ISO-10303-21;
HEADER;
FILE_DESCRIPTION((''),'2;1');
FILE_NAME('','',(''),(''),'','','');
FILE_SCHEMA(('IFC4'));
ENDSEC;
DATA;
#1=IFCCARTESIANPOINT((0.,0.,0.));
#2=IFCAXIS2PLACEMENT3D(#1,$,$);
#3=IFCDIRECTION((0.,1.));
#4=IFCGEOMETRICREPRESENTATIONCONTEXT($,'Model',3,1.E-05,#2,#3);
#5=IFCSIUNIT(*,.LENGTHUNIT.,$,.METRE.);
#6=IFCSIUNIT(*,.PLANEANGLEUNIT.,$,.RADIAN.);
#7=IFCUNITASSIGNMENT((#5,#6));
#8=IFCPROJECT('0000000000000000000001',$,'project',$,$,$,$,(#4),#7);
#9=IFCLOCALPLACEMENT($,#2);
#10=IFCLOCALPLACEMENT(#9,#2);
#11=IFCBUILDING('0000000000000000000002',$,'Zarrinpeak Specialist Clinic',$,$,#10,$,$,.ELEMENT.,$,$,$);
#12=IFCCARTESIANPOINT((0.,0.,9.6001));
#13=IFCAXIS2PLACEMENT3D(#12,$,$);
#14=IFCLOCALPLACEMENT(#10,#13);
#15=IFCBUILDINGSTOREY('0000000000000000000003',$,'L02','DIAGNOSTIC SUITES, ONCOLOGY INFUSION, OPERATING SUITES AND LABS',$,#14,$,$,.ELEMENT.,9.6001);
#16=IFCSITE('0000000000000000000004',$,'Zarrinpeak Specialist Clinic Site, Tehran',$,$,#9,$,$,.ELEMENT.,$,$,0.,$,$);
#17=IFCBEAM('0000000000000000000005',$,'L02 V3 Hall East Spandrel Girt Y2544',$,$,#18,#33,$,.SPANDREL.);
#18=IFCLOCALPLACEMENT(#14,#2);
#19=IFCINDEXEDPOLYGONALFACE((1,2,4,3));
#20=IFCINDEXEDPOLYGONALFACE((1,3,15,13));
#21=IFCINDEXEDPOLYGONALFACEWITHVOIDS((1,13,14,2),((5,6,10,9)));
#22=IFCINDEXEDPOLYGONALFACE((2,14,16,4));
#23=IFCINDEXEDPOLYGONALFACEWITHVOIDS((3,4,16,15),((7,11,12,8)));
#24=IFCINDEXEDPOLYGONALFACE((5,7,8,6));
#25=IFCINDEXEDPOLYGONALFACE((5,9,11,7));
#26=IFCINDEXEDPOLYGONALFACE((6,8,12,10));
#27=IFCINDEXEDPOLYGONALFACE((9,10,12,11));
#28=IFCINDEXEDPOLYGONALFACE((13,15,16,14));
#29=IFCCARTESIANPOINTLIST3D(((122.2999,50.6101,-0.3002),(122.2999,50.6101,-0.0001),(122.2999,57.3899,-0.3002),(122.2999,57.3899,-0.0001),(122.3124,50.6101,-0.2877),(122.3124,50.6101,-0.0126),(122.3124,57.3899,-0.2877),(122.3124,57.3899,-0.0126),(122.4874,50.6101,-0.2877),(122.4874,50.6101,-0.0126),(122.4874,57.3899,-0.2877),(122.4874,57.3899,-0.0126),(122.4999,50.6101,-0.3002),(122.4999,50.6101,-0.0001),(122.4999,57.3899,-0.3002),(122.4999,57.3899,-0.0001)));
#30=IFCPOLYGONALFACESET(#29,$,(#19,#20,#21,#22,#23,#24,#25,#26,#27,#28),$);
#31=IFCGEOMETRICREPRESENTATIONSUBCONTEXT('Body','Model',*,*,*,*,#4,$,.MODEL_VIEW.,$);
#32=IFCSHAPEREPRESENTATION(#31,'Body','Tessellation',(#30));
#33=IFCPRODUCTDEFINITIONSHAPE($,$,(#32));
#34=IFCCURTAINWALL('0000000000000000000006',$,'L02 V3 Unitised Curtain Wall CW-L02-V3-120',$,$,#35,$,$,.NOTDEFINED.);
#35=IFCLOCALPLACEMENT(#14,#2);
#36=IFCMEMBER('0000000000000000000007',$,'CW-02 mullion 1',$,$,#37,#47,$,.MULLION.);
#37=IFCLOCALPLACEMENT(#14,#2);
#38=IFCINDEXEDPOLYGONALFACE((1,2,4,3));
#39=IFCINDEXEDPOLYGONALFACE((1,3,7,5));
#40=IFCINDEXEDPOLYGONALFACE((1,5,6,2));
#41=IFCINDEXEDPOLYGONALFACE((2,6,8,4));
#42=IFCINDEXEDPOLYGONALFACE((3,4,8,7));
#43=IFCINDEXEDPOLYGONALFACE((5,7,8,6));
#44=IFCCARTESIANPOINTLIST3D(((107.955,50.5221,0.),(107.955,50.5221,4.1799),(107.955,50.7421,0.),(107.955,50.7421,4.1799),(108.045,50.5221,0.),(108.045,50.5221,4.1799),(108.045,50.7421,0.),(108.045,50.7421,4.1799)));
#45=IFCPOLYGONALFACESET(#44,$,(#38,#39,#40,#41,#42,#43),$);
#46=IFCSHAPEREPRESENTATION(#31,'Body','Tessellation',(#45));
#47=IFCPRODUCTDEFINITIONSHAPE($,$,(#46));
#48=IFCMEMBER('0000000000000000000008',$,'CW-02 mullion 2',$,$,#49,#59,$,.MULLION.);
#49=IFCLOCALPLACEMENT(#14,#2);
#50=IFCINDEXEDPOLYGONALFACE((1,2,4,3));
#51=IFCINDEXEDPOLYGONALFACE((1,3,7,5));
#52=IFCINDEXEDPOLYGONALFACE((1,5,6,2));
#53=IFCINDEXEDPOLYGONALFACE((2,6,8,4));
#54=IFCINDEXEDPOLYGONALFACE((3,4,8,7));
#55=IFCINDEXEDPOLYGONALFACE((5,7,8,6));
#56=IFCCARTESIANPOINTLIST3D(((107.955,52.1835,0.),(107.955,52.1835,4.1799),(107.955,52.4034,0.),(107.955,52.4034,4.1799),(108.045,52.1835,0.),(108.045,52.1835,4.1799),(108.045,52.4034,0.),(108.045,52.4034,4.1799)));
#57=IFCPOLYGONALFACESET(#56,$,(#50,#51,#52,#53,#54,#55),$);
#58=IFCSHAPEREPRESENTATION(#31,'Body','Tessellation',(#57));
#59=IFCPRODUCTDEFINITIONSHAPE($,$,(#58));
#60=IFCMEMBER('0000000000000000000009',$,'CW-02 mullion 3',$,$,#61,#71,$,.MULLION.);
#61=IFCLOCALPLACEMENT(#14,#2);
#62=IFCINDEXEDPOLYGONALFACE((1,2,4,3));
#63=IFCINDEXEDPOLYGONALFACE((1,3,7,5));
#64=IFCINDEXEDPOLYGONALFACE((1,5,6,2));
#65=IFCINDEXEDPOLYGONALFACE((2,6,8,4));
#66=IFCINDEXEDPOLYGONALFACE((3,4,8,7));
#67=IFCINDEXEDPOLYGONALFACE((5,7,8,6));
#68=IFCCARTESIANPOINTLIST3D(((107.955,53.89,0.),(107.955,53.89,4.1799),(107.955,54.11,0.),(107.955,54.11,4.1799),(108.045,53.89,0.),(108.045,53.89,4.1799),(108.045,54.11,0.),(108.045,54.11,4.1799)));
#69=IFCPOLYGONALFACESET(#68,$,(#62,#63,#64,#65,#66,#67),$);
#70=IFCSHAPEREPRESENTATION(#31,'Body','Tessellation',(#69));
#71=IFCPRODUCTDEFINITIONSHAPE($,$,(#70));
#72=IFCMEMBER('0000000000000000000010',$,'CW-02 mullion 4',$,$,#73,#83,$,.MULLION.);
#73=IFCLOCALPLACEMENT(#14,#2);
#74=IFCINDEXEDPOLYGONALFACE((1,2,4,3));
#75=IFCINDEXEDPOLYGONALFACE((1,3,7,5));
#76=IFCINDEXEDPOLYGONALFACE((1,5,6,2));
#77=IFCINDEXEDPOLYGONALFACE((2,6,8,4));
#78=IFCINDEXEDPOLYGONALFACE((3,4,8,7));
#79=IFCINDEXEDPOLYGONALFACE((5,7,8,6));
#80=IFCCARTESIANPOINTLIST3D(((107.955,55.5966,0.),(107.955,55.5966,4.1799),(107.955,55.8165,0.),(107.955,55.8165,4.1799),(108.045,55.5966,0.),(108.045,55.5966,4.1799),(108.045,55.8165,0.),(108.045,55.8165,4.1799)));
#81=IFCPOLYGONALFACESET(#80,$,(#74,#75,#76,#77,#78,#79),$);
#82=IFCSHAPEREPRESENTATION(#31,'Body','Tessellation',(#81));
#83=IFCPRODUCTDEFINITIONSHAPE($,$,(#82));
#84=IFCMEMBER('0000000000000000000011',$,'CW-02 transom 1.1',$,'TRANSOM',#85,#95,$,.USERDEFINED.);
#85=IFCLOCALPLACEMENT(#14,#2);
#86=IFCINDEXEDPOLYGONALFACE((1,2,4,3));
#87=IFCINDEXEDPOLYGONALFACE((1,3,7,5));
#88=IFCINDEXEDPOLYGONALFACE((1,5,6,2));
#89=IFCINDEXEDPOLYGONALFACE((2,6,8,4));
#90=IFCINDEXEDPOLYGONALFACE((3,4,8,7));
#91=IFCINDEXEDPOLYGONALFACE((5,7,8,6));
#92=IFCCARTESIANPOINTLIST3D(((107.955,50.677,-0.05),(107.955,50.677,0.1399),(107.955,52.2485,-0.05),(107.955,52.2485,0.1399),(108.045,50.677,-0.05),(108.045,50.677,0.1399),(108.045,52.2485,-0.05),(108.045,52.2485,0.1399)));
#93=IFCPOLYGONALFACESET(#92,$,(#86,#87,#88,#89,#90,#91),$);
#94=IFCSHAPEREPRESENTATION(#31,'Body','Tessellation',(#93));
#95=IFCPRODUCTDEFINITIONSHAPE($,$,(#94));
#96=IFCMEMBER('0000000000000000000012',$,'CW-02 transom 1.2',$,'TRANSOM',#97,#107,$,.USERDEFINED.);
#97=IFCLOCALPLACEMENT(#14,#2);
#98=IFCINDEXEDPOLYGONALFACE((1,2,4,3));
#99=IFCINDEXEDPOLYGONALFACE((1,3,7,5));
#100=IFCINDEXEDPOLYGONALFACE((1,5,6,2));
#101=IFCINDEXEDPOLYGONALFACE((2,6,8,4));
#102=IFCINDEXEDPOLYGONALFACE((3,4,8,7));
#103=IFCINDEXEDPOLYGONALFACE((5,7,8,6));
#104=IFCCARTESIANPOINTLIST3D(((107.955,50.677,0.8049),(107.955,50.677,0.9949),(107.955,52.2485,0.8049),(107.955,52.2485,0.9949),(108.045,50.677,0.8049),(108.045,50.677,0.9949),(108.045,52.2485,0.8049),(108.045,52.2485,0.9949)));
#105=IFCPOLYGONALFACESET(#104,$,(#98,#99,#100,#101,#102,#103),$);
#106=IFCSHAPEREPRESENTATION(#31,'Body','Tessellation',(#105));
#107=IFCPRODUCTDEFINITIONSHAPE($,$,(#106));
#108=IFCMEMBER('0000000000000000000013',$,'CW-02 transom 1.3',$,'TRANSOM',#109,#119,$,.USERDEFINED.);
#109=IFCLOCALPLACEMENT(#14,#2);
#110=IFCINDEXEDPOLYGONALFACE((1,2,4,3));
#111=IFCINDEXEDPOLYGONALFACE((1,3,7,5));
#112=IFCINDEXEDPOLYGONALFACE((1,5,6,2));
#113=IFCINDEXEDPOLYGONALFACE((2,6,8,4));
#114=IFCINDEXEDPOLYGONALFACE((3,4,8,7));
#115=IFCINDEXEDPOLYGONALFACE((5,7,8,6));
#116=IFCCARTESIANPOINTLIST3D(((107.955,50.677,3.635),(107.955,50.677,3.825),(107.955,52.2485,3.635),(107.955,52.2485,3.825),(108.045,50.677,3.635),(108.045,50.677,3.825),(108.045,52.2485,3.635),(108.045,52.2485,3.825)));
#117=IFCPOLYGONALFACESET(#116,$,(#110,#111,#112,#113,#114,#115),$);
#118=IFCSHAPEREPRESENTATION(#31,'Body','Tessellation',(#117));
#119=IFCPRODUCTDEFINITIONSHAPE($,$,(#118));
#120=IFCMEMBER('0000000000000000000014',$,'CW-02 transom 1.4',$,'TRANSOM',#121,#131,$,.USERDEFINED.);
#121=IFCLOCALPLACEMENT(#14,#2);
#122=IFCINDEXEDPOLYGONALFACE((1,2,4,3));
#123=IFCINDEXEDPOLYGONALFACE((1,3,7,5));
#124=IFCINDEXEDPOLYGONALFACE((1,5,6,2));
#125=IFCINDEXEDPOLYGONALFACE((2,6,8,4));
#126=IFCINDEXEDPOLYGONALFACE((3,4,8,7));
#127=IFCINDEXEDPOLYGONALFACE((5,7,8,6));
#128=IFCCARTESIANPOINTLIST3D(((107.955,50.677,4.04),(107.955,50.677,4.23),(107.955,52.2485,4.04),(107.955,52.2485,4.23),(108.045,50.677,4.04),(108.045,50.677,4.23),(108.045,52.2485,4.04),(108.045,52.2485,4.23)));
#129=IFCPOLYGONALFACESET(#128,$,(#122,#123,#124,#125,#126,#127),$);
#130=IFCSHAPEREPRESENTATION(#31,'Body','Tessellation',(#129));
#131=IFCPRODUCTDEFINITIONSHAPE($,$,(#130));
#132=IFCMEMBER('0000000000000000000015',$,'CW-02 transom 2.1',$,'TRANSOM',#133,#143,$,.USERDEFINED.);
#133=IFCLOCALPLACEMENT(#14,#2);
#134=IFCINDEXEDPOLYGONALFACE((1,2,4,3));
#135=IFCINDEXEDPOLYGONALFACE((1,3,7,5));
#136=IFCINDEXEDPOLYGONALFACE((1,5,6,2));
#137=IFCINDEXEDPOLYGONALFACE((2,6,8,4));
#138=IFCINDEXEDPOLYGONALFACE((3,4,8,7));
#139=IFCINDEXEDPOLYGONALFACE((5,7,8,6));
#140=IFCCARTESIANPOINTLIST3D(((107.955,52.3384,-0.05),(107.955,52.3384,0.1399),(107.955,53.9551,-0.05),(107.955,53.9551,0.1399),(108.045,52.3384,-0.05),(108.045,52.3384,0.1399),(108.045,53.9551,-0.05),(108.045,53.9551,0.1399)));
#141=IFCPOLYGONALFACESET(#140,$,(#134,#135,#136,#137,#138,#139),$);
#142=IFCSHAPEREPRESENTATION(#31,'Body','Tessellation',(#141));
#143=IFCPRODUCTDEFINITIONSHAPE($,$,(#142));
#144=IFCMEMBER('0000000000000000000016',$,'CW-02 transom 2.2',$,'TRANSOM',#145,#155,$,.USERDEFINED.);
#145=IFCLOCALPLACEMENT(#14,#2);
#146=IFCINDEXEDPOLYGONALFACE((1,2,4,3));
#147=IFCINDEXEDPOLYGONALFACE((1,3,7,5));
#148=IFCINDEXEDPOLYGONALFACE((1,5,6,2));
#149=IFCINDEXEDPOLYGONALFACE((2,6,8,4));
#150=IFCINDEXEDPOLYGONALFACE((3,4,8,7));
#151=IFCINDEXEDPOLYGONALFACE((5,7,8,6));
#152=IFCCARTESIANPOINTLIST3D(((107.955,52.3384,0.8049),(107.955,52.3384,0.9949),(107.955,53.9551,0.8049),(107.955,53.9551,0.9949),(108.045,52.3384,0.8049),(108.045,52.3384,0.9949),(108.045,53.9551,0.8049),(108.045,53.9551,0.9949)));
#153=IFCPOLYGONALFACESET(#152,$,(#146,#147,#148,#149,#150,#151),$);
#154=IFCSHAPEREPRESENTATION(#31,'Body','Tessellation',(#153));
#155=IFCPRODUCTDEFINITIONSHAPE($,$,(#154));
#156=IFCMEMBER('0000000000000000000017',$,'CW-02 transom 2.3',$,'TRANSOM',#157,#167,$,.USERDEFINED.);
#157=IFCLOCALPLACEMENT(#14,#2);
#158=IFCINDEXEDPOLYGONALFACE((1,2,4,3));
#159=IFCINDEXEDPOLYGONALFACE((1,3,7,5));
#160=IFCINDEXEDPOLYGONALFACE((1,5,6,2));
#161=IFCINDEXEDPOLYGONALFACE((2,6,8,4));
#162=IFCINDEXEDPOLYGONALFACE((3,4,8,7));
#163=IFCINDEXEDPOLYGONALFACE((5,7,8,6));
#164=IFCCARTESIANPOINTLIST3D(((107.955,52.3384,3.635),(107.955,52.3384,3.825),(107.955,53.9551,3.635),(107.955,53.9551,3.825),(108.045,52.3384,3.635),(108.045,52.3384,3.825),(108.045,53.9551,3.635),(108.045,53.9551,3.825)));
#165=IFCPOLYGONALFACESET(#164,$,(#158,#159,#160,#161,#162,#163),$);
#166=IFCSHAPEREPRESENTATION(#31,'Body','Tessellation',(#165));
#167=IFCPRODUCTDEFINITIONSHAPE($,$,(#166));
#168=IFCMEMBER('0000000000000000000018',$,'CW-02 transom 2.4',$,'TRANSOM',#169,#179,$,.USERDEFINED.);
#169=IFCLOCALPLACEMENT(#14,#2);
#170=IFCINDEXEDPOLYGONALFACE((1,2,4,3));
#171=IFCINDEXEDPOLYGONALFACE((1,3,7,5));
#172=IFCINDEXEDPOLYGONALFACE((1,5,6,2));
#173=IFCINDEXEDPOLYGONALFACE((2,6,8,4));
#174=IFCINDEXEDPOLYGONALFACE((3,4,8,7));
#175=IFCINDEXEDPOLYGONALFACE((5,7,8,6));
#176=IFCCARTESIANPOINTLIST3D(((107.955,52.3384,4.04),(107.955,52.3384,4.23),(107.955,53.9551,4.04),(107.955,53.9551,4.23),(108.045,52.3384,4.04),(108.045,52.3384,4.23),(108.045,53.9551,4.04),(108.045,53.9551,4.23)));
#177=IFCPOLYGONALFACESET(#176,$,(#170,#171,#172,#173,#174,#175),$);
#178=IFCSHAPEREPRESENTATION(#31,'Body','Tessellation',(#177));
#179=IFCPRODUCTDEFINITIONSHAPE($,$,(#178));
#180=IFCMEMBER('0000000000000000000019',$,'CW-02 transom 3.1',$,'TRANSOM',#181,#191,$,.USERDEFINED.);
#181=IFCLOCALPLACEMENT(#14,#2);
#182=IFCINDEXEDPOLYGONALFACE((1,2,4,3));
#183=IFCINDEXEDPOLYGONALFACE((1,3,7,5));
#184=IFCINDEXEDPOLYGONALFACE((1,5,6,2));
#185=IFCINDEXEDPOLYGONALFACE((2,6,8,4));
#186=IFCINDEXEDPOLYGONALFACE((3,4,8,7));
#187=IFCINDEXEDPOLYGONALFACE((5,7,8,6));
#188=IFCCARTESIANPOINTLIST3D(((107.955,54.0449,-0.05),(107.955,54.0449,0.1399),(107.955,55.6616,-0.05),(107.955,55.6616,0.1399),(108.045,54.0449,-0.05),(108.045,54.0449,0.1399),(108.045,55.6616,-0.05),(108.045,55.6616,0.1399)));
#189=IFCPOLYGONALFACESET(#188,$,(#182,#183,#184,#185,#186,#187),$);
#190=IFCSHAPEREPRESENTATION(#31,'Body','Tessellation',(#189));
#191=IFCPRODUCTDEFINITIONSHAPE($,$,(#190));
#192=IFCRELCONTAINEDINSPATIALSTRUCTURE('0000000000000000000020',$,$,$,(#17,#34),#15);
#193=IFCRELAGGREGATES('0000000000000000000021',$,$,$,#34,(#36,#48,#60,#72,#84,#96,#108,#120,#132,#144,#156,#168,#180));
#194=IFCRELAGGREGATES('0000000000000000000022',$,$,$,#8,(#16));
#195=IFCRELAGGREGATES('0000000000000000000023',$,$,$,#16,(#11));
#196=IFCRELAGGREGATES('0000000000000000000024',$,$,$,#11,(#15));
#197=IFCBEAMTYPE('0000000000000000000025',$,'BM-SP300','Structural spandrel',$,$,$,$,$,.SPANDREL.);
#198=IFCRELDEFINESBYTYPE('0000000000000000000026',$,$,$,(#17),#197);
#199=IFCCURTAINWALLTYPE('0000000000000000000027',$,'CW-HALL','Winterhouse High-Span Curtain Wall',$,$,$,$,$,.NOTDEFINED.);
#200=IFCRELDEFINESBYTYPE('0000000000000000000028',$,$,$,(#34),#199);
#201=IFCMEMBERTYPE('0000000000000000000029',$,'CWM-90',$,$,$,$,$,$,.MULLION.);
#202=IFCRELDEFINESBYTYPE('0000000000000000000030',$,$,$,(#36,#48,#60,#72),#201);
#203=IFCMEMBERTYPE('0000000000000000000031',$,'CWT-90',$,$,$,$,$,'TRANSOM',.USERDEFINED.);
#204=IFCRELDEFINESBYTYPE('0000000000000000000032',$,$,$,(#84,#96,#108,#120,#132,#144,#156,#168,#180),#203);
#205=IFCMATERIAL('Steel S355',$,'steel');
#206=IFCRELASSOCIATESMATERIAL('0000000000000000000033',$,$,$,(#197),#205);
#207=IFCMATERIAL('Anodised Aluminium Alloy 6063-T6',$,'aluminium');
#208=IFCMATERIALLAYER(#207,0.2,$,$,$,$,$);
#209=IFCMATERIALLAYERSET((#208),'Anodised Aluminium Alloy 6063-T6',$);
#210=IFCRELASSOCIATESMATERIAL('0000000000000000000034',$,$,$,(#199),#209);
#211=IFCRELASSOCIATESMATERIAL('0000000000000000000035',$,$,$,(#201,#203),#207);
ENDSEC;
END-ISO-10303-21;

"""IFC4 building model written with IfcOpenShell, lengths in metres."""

from ifc_helpers import new_model, si_unit, direction, frame, origin, origin_2d, place, context, subcontext, project, spatial, rectangle, hollow_rectangle, extrude, material, layer, layer_set, material_profile, profile_set, type_object, element, aggregate, save


model = new_model("IFC4")

# Units and contexts
model_context = context("Model", 3, precision=1e-05, world=origin(), true_north=direction((0.0, 1.0)))
body_context = subcontext(model_context, "Body", "Model", "MODEL_VIEW")
ifc_project = project(units=[si_unit("LENGTHUNIT", "METRE"), si_unit("PLANEANGLEUNIT", "RADIAN")], contexts=[model_context])

# Site, building, storey
site_placement = place(None, origin())
site = spatial("IfcSite", under=ifc_project, at=site_placement, Name="Zarrinpeak Specialist Clinic Site, Tehran", CompositionType="ELEMENT", RefElevation=0.0)
building_placement = place(site_placement, origin())
building = spatial("IfcBuilding", under=site, at=building_placement, Name="Zarrinpeak Specialist Clinic", CompositionType="ELEMENT")
storey_placement = place(building_placement, frame((0.0, 0.0, 9.6001)))
storey = spatial("IfcBuildingStorey", under=building, at=storey_placement, Name="L02", Description="DIAGNOSTIC SUITES, ONCOLOGY INFUSION, OPERATING SUITES AND LABS", CompositionType="ELEMENT", Elevation=9.6001)

# Beam
ifc_material_1 = material(Name="Steel S355", Category="steel")
ifc_material_profile_1 = material_profile(ifc_material_1, hollow_rectangle(XDim=0.2, YDim=0.3, WallThickness=0.0125, at=origin_2d()), Name="RHS 300x200x12.5")
ifc_profile_set_1 = profile_set([ifc_material_profile_1], Name="Steel S355")
beam_type = type_object("IfcBeamType", Name="BM-SP300", Description="Structural spandrel", PredefinedType="SPANDREL", material=ifc_profile_set_1)
beam_placement = place(storey_placement, frame((122.3999, 50.6101, -0.1501), z_axis=(0.0, 1.0, 0.0), x_axis=(-1.0, 0.0, 0.0)))
element("IfcBeam", 1, at=beam_placement, inside=storey, type_object=beam_type, Name="L02 V3 Hall East Spandrel Girt Y2544", PredefinedType="SPANDREL", context=body_context, shape_type="SweptSolid", body=[
    extrude(hollow_rectangle(XDim=0.2, YDim=0.3, WallThickness=0.0125, at=origin_2d()), origin(), (0.0, 0.0, 1.0), 6.7798),
])

# Curtain wall, members
ifc_material_2 = material(Name="Anodised Aluminium Alloy 6063-T6", Category="aluminium")
ifc_layer_1 = layer(ifc_material_2, 0.2)
ifc_layer_set_1 = layer_set([ifc_layer_1], Name="Anodised Aluminium Alloy 6063-T6")
curtain_wall_type = type_object("IfcCurtainWallType", Name="CW-HALL", Description="Winterhouse High-Span Curtain Wall", PredefinedType="NOTDEFINED", material=ifc_layer_set_1)
curtain_wall_placement = place(storey_placement, origin())
curtain_wall = element("IfcCurtainWall", 2, at=curtain_wall_placement, inside=storey, type_object=curtain_wall_type, Name="L02 V3 Unitised Curtain Wall CW-L02-V3-120", PredefinedType="NOTDEFINED")
ifc_material_profile_2 = material_profile(ifc_material_2, rectangle(XDim=0.0901, YDim=0.22, at=origin_2d()), Name="ALU 90x220")
ifc_profile_set_2 = profile_set([ifc_material_profile_2], Name="Anodised Aluminium Alloy 6063-T6")
member_type_1 = type_object("IfcMemberType", Name="CWM-90", PredefinedType="MULLION", material=ifc_profile_set_2)
member_1_placement = place(storey_placement, frame((108.0, 50.6321, 0.0), z_axis=(0.0, 0.0, 1.0), x_axis=(-1.0, 0.0, 0.0)))
member_1 = element("IfcMember", 3, at=member_1_placement, type_object=member_type_1, Name="CW-02 mullion 1", PredefinedType="MULLION", context=body_context, shape_type="SweptSolid", body=[
    extrude(rectangle(XDim=0.0901, YDim=0.22, at=origin_2d()), origin(), (0.0, 0.0, 1.0), 4.1799),
])
member_2_placement = place(storey_placement, frame((108.0, 52.2935, 0.0), z_axis=(0.0, 0.0, 1.0), x_axis=(-1.0, 0.0, 0.0)))
member_2 = element("IfcMember", 4, at=member_2_placement, type_object=member_type_1, Name="CW-02 mullion 2", PredefinedType="MULLION", context=body_context, shape_type="SweptSolid", body=[
    extrude(rectangle(XDim=0.0901, YDim=0.22, at=origin_2d()), origin(), (0.0, 0.0, 1.0), 4.1799),
])
member_3_placement = place(storey_placement, frame((108.0, 54.0, 0.0), z_axis=(0.0, 0.0, 1.0), x_axis=(-1.0, 0.0, 0.0)))
member_3 = element("IfcMember", 5, at=member_3_placement, type_object=member_type_1, Name="CW-02 mullion 3", PredefinedType="MULLION", context=body_context, shape_type="SweptSolid", body=[
    extrude(rectangle(XDim=0.0901, YDim=0.22, at=origin_2d()), origin(), (0.0, 0.0, 1.0), 4.1799),
])
member_4_placement = place(storey_placement, frame((108.0, 55.7065, 0.0), z_axis=(0.0, 0.0, 1.0), x_axis=(-1.0, 0.0, 0.0)))
member_4 = element("IfcMember", 6, at=member_4_placement, type_object=member_type_1, Name="CW-02 mullion 4", PredefinedType="MULLION", context=body_context, shape_type="SweptSolid", body=[
    extrude(rectangle(XDim=0.0901, YDim=0.22, at=origin_2d()), origin(), (0.0, 0.0, 1.0), 4.1799),
])
ifc_material_profile_3 = material_profile(ifc_material_2, rectangle(XDim=0.0901, YDim=0.1899, at=origin_2d()), Name="ALU 90x190")
ifc_profile_set_3 = profile_set([ifc_material_profile_3], Name="Anodised Aluminium Alloy 6063-T6")
member_type_2 = type_object("IfcMemberType", Name="CWT-90", ElementType="TRANSOM", PredefinedType="USERDEFINED", material=ifc_profile_set_3)
member_5_placement = place(storey_placement, frame((108.0, 50.677, 0.0449), z_axis=(0.0, 1.0, 0.0), x_axis=(-1.0, 0.0, 0.0)))
member_5 = element("IfcMember", 7, at=member_5_placement, type_object=member_type_2, Name="CW-02 transom 1.1", ObjectType="TRANSOM", PredefinedType="USERDEFINED", context=body_context, shape_type="SweptSolid", body=[
    extrude(rectangle(XDim=0.0901, YDim=0.1899, at=origin_2d()), origin(), (0.0, 0.0, 1.0), 1.5715),
])
member_6_placement = place(storey_placement, frame((108.0, 50.677, 0.8999), z_axis=(0.0, 1.0, 0.0), x_axis=(-1.0, 0.0, 0.0)))
member_6 = element("IfcMember", 8, at=member_6_placement, type_object=member_type_2, Name="CW-02 transom 1.2", ObjectType="TRANSOM", PredefinedType="USERDEFINED", context=body_context, shape_type="SweptSolid", body=[
    extrude(rectangle(XDim=0.0901, YDim=0.1899, at=origin_2d()), origin(), (0.0, 0.0, 1.0), 1.5715),
])
member_7_placement = place(storey_placement, frame((108.0, 50.677, 3.73), z_axis=(0.0, 1.0, 0.0), x_axis=(-1.0, 0.0, 0.0)))
member_7 = element("IfcMember", 9, at=member_7_placement, type_object=member_type_2, Name="CW-02 transom 1.3", ObjectType="TRANSOM", PredefinedType="USERDEFINED", context=body_context, shape_type="SweptSolid", body=[
    extrude(rectangle(XDim=0.0901, YDim=0.1899, at=origin_2d()), origin(), (0.0, 0.0, 1.0), 1.5715),
])
member_8_placement = place(storey_placement, frame((108.0, 50.677, 4.135), z_axis=(0.0, 1.0, 0.0), x_axis=(-1.0, 0.0, 0.0)))
member_8 = element("IfcMember", 10, at=member_8_placement, type_object=member_type_2, Name="CW-02 transom 1.4", ObjectType="TRANSOM", PredefinedType="USERDEFINED", context=body_context, shape_type="SweptSolid", body=[
    extrude(rectangle(XDim=0.0901, YDim=0.1899, at=origin_2d()), origin(), (0.0, 0.0, 1.0), 1.5715),
])
member_9_placement = place(storey_placement, frame((108.0, 52.3384, 0.0449), z_axis=(0.0, 1.0, 0.0), x_axis=(-1.0, 0.0, 0.0)))
member_9 = element("IfcMember", 11, at=member_9_placement, type_object=member_type_2, Name="CW-02 transom 2.1", ObjectType="TRANSOM", PredefinedType="USERDEFINED", context=body_context, shape_type="SweptSolid", body=[
    extrude(rectangle(XDim=0.0901, YDim=0.1899, at=origin_2d()), origin(), (0.0, 0.0, 1.0), 1.6167),
])
member_10_placement = place(storey_placement, frame((108.0, 52.3384, 0.8999), z_axis=(0.0, 1.0, 0.0), x_axis=(-1.0, 0.0, 0.0)))
member_10 = element("IfcMember", 12, at=member_10_placement, type_object=member_type_2, Name="CW-02 transom 2.2", ObjectType="TRANSOM", PredefinedType="USERDEFINED", context=body_context, shape_type="SweptSolid", body=[
    extrude(rectangle(XDim=0.0901, YDim=0.1899, at=origin_2d()), origin(), (0.0, 0.0, 1.0), 1.6167),
])
member_11_placement = place(storey_placement, frame((108.0, 52.3384, 3.73), z_axis=(0.0, 1.0, 0.0), x_axis=(-1.0, 0.0, 0.0)))
member_11 = element("IfcMember", 13, at=member_11_placement, type_object=member_type_2, Name="CW-02 transom 2.3", ObjectType="TRANSOM", PredefinedType="USERDEFINED", context=body_context, shape_type="SweptSolid", body=[
    extrude(rectangle(XDim=0.0901, YDim=0.1899, at=origin_2d()), origin(), (0.0, 0.0, 1.0), 1.6167),
])
member_12_placement = place(storey_placement, frame((108.0, 52.3384, 4.135), z_axis=(0.0, 1.0, 0.0), x_axis=(-1.0, 0.0, 0.0)))
member_12 = element("IfcMember", 14, at=member_12_placement, type_object=member_type_2, Name="CW-02 transom 2.4", ObjectType="TRANSOM", PredefinedType="USERDEFINED", context=body_context, shape_type="SweptSolid", body=[
    extrude(rectangle(XDim=0.0901, YDim=0.1899, at=origin_2d()), origin(), (0.0, 0.0, 1.0), 1.6167),
])
member_13_placement = place(storey_placement, frame((108.0, 54.0449, 0.0449), z_axis=(0.0, 1.0, 0.0), x_axis=(-1.0, 0.0, 0.0)))
member_13 = element("IfcMember", 15, at=member_13_placement, type_object=member_type_2, Name="CW-02 transom 3.1", ObjectType="TRANSOM", PredefinedType="USERDEFINED", context=body_context, shape_type="SweptSolid", body=[
    extrude(rectangle(XDim=0.0901, YDim=0.1899, at=origin_2d()), origin(), (0.0, 0.0, 1.0), 1.6167),
])
aggregate(curtain_wall, [member_1, member_2, member_3, member_4, member_5, member_6, member_7, member_8, member_9, member_10, member_11, member_12, member_13])

save(model, "model.ifc")
